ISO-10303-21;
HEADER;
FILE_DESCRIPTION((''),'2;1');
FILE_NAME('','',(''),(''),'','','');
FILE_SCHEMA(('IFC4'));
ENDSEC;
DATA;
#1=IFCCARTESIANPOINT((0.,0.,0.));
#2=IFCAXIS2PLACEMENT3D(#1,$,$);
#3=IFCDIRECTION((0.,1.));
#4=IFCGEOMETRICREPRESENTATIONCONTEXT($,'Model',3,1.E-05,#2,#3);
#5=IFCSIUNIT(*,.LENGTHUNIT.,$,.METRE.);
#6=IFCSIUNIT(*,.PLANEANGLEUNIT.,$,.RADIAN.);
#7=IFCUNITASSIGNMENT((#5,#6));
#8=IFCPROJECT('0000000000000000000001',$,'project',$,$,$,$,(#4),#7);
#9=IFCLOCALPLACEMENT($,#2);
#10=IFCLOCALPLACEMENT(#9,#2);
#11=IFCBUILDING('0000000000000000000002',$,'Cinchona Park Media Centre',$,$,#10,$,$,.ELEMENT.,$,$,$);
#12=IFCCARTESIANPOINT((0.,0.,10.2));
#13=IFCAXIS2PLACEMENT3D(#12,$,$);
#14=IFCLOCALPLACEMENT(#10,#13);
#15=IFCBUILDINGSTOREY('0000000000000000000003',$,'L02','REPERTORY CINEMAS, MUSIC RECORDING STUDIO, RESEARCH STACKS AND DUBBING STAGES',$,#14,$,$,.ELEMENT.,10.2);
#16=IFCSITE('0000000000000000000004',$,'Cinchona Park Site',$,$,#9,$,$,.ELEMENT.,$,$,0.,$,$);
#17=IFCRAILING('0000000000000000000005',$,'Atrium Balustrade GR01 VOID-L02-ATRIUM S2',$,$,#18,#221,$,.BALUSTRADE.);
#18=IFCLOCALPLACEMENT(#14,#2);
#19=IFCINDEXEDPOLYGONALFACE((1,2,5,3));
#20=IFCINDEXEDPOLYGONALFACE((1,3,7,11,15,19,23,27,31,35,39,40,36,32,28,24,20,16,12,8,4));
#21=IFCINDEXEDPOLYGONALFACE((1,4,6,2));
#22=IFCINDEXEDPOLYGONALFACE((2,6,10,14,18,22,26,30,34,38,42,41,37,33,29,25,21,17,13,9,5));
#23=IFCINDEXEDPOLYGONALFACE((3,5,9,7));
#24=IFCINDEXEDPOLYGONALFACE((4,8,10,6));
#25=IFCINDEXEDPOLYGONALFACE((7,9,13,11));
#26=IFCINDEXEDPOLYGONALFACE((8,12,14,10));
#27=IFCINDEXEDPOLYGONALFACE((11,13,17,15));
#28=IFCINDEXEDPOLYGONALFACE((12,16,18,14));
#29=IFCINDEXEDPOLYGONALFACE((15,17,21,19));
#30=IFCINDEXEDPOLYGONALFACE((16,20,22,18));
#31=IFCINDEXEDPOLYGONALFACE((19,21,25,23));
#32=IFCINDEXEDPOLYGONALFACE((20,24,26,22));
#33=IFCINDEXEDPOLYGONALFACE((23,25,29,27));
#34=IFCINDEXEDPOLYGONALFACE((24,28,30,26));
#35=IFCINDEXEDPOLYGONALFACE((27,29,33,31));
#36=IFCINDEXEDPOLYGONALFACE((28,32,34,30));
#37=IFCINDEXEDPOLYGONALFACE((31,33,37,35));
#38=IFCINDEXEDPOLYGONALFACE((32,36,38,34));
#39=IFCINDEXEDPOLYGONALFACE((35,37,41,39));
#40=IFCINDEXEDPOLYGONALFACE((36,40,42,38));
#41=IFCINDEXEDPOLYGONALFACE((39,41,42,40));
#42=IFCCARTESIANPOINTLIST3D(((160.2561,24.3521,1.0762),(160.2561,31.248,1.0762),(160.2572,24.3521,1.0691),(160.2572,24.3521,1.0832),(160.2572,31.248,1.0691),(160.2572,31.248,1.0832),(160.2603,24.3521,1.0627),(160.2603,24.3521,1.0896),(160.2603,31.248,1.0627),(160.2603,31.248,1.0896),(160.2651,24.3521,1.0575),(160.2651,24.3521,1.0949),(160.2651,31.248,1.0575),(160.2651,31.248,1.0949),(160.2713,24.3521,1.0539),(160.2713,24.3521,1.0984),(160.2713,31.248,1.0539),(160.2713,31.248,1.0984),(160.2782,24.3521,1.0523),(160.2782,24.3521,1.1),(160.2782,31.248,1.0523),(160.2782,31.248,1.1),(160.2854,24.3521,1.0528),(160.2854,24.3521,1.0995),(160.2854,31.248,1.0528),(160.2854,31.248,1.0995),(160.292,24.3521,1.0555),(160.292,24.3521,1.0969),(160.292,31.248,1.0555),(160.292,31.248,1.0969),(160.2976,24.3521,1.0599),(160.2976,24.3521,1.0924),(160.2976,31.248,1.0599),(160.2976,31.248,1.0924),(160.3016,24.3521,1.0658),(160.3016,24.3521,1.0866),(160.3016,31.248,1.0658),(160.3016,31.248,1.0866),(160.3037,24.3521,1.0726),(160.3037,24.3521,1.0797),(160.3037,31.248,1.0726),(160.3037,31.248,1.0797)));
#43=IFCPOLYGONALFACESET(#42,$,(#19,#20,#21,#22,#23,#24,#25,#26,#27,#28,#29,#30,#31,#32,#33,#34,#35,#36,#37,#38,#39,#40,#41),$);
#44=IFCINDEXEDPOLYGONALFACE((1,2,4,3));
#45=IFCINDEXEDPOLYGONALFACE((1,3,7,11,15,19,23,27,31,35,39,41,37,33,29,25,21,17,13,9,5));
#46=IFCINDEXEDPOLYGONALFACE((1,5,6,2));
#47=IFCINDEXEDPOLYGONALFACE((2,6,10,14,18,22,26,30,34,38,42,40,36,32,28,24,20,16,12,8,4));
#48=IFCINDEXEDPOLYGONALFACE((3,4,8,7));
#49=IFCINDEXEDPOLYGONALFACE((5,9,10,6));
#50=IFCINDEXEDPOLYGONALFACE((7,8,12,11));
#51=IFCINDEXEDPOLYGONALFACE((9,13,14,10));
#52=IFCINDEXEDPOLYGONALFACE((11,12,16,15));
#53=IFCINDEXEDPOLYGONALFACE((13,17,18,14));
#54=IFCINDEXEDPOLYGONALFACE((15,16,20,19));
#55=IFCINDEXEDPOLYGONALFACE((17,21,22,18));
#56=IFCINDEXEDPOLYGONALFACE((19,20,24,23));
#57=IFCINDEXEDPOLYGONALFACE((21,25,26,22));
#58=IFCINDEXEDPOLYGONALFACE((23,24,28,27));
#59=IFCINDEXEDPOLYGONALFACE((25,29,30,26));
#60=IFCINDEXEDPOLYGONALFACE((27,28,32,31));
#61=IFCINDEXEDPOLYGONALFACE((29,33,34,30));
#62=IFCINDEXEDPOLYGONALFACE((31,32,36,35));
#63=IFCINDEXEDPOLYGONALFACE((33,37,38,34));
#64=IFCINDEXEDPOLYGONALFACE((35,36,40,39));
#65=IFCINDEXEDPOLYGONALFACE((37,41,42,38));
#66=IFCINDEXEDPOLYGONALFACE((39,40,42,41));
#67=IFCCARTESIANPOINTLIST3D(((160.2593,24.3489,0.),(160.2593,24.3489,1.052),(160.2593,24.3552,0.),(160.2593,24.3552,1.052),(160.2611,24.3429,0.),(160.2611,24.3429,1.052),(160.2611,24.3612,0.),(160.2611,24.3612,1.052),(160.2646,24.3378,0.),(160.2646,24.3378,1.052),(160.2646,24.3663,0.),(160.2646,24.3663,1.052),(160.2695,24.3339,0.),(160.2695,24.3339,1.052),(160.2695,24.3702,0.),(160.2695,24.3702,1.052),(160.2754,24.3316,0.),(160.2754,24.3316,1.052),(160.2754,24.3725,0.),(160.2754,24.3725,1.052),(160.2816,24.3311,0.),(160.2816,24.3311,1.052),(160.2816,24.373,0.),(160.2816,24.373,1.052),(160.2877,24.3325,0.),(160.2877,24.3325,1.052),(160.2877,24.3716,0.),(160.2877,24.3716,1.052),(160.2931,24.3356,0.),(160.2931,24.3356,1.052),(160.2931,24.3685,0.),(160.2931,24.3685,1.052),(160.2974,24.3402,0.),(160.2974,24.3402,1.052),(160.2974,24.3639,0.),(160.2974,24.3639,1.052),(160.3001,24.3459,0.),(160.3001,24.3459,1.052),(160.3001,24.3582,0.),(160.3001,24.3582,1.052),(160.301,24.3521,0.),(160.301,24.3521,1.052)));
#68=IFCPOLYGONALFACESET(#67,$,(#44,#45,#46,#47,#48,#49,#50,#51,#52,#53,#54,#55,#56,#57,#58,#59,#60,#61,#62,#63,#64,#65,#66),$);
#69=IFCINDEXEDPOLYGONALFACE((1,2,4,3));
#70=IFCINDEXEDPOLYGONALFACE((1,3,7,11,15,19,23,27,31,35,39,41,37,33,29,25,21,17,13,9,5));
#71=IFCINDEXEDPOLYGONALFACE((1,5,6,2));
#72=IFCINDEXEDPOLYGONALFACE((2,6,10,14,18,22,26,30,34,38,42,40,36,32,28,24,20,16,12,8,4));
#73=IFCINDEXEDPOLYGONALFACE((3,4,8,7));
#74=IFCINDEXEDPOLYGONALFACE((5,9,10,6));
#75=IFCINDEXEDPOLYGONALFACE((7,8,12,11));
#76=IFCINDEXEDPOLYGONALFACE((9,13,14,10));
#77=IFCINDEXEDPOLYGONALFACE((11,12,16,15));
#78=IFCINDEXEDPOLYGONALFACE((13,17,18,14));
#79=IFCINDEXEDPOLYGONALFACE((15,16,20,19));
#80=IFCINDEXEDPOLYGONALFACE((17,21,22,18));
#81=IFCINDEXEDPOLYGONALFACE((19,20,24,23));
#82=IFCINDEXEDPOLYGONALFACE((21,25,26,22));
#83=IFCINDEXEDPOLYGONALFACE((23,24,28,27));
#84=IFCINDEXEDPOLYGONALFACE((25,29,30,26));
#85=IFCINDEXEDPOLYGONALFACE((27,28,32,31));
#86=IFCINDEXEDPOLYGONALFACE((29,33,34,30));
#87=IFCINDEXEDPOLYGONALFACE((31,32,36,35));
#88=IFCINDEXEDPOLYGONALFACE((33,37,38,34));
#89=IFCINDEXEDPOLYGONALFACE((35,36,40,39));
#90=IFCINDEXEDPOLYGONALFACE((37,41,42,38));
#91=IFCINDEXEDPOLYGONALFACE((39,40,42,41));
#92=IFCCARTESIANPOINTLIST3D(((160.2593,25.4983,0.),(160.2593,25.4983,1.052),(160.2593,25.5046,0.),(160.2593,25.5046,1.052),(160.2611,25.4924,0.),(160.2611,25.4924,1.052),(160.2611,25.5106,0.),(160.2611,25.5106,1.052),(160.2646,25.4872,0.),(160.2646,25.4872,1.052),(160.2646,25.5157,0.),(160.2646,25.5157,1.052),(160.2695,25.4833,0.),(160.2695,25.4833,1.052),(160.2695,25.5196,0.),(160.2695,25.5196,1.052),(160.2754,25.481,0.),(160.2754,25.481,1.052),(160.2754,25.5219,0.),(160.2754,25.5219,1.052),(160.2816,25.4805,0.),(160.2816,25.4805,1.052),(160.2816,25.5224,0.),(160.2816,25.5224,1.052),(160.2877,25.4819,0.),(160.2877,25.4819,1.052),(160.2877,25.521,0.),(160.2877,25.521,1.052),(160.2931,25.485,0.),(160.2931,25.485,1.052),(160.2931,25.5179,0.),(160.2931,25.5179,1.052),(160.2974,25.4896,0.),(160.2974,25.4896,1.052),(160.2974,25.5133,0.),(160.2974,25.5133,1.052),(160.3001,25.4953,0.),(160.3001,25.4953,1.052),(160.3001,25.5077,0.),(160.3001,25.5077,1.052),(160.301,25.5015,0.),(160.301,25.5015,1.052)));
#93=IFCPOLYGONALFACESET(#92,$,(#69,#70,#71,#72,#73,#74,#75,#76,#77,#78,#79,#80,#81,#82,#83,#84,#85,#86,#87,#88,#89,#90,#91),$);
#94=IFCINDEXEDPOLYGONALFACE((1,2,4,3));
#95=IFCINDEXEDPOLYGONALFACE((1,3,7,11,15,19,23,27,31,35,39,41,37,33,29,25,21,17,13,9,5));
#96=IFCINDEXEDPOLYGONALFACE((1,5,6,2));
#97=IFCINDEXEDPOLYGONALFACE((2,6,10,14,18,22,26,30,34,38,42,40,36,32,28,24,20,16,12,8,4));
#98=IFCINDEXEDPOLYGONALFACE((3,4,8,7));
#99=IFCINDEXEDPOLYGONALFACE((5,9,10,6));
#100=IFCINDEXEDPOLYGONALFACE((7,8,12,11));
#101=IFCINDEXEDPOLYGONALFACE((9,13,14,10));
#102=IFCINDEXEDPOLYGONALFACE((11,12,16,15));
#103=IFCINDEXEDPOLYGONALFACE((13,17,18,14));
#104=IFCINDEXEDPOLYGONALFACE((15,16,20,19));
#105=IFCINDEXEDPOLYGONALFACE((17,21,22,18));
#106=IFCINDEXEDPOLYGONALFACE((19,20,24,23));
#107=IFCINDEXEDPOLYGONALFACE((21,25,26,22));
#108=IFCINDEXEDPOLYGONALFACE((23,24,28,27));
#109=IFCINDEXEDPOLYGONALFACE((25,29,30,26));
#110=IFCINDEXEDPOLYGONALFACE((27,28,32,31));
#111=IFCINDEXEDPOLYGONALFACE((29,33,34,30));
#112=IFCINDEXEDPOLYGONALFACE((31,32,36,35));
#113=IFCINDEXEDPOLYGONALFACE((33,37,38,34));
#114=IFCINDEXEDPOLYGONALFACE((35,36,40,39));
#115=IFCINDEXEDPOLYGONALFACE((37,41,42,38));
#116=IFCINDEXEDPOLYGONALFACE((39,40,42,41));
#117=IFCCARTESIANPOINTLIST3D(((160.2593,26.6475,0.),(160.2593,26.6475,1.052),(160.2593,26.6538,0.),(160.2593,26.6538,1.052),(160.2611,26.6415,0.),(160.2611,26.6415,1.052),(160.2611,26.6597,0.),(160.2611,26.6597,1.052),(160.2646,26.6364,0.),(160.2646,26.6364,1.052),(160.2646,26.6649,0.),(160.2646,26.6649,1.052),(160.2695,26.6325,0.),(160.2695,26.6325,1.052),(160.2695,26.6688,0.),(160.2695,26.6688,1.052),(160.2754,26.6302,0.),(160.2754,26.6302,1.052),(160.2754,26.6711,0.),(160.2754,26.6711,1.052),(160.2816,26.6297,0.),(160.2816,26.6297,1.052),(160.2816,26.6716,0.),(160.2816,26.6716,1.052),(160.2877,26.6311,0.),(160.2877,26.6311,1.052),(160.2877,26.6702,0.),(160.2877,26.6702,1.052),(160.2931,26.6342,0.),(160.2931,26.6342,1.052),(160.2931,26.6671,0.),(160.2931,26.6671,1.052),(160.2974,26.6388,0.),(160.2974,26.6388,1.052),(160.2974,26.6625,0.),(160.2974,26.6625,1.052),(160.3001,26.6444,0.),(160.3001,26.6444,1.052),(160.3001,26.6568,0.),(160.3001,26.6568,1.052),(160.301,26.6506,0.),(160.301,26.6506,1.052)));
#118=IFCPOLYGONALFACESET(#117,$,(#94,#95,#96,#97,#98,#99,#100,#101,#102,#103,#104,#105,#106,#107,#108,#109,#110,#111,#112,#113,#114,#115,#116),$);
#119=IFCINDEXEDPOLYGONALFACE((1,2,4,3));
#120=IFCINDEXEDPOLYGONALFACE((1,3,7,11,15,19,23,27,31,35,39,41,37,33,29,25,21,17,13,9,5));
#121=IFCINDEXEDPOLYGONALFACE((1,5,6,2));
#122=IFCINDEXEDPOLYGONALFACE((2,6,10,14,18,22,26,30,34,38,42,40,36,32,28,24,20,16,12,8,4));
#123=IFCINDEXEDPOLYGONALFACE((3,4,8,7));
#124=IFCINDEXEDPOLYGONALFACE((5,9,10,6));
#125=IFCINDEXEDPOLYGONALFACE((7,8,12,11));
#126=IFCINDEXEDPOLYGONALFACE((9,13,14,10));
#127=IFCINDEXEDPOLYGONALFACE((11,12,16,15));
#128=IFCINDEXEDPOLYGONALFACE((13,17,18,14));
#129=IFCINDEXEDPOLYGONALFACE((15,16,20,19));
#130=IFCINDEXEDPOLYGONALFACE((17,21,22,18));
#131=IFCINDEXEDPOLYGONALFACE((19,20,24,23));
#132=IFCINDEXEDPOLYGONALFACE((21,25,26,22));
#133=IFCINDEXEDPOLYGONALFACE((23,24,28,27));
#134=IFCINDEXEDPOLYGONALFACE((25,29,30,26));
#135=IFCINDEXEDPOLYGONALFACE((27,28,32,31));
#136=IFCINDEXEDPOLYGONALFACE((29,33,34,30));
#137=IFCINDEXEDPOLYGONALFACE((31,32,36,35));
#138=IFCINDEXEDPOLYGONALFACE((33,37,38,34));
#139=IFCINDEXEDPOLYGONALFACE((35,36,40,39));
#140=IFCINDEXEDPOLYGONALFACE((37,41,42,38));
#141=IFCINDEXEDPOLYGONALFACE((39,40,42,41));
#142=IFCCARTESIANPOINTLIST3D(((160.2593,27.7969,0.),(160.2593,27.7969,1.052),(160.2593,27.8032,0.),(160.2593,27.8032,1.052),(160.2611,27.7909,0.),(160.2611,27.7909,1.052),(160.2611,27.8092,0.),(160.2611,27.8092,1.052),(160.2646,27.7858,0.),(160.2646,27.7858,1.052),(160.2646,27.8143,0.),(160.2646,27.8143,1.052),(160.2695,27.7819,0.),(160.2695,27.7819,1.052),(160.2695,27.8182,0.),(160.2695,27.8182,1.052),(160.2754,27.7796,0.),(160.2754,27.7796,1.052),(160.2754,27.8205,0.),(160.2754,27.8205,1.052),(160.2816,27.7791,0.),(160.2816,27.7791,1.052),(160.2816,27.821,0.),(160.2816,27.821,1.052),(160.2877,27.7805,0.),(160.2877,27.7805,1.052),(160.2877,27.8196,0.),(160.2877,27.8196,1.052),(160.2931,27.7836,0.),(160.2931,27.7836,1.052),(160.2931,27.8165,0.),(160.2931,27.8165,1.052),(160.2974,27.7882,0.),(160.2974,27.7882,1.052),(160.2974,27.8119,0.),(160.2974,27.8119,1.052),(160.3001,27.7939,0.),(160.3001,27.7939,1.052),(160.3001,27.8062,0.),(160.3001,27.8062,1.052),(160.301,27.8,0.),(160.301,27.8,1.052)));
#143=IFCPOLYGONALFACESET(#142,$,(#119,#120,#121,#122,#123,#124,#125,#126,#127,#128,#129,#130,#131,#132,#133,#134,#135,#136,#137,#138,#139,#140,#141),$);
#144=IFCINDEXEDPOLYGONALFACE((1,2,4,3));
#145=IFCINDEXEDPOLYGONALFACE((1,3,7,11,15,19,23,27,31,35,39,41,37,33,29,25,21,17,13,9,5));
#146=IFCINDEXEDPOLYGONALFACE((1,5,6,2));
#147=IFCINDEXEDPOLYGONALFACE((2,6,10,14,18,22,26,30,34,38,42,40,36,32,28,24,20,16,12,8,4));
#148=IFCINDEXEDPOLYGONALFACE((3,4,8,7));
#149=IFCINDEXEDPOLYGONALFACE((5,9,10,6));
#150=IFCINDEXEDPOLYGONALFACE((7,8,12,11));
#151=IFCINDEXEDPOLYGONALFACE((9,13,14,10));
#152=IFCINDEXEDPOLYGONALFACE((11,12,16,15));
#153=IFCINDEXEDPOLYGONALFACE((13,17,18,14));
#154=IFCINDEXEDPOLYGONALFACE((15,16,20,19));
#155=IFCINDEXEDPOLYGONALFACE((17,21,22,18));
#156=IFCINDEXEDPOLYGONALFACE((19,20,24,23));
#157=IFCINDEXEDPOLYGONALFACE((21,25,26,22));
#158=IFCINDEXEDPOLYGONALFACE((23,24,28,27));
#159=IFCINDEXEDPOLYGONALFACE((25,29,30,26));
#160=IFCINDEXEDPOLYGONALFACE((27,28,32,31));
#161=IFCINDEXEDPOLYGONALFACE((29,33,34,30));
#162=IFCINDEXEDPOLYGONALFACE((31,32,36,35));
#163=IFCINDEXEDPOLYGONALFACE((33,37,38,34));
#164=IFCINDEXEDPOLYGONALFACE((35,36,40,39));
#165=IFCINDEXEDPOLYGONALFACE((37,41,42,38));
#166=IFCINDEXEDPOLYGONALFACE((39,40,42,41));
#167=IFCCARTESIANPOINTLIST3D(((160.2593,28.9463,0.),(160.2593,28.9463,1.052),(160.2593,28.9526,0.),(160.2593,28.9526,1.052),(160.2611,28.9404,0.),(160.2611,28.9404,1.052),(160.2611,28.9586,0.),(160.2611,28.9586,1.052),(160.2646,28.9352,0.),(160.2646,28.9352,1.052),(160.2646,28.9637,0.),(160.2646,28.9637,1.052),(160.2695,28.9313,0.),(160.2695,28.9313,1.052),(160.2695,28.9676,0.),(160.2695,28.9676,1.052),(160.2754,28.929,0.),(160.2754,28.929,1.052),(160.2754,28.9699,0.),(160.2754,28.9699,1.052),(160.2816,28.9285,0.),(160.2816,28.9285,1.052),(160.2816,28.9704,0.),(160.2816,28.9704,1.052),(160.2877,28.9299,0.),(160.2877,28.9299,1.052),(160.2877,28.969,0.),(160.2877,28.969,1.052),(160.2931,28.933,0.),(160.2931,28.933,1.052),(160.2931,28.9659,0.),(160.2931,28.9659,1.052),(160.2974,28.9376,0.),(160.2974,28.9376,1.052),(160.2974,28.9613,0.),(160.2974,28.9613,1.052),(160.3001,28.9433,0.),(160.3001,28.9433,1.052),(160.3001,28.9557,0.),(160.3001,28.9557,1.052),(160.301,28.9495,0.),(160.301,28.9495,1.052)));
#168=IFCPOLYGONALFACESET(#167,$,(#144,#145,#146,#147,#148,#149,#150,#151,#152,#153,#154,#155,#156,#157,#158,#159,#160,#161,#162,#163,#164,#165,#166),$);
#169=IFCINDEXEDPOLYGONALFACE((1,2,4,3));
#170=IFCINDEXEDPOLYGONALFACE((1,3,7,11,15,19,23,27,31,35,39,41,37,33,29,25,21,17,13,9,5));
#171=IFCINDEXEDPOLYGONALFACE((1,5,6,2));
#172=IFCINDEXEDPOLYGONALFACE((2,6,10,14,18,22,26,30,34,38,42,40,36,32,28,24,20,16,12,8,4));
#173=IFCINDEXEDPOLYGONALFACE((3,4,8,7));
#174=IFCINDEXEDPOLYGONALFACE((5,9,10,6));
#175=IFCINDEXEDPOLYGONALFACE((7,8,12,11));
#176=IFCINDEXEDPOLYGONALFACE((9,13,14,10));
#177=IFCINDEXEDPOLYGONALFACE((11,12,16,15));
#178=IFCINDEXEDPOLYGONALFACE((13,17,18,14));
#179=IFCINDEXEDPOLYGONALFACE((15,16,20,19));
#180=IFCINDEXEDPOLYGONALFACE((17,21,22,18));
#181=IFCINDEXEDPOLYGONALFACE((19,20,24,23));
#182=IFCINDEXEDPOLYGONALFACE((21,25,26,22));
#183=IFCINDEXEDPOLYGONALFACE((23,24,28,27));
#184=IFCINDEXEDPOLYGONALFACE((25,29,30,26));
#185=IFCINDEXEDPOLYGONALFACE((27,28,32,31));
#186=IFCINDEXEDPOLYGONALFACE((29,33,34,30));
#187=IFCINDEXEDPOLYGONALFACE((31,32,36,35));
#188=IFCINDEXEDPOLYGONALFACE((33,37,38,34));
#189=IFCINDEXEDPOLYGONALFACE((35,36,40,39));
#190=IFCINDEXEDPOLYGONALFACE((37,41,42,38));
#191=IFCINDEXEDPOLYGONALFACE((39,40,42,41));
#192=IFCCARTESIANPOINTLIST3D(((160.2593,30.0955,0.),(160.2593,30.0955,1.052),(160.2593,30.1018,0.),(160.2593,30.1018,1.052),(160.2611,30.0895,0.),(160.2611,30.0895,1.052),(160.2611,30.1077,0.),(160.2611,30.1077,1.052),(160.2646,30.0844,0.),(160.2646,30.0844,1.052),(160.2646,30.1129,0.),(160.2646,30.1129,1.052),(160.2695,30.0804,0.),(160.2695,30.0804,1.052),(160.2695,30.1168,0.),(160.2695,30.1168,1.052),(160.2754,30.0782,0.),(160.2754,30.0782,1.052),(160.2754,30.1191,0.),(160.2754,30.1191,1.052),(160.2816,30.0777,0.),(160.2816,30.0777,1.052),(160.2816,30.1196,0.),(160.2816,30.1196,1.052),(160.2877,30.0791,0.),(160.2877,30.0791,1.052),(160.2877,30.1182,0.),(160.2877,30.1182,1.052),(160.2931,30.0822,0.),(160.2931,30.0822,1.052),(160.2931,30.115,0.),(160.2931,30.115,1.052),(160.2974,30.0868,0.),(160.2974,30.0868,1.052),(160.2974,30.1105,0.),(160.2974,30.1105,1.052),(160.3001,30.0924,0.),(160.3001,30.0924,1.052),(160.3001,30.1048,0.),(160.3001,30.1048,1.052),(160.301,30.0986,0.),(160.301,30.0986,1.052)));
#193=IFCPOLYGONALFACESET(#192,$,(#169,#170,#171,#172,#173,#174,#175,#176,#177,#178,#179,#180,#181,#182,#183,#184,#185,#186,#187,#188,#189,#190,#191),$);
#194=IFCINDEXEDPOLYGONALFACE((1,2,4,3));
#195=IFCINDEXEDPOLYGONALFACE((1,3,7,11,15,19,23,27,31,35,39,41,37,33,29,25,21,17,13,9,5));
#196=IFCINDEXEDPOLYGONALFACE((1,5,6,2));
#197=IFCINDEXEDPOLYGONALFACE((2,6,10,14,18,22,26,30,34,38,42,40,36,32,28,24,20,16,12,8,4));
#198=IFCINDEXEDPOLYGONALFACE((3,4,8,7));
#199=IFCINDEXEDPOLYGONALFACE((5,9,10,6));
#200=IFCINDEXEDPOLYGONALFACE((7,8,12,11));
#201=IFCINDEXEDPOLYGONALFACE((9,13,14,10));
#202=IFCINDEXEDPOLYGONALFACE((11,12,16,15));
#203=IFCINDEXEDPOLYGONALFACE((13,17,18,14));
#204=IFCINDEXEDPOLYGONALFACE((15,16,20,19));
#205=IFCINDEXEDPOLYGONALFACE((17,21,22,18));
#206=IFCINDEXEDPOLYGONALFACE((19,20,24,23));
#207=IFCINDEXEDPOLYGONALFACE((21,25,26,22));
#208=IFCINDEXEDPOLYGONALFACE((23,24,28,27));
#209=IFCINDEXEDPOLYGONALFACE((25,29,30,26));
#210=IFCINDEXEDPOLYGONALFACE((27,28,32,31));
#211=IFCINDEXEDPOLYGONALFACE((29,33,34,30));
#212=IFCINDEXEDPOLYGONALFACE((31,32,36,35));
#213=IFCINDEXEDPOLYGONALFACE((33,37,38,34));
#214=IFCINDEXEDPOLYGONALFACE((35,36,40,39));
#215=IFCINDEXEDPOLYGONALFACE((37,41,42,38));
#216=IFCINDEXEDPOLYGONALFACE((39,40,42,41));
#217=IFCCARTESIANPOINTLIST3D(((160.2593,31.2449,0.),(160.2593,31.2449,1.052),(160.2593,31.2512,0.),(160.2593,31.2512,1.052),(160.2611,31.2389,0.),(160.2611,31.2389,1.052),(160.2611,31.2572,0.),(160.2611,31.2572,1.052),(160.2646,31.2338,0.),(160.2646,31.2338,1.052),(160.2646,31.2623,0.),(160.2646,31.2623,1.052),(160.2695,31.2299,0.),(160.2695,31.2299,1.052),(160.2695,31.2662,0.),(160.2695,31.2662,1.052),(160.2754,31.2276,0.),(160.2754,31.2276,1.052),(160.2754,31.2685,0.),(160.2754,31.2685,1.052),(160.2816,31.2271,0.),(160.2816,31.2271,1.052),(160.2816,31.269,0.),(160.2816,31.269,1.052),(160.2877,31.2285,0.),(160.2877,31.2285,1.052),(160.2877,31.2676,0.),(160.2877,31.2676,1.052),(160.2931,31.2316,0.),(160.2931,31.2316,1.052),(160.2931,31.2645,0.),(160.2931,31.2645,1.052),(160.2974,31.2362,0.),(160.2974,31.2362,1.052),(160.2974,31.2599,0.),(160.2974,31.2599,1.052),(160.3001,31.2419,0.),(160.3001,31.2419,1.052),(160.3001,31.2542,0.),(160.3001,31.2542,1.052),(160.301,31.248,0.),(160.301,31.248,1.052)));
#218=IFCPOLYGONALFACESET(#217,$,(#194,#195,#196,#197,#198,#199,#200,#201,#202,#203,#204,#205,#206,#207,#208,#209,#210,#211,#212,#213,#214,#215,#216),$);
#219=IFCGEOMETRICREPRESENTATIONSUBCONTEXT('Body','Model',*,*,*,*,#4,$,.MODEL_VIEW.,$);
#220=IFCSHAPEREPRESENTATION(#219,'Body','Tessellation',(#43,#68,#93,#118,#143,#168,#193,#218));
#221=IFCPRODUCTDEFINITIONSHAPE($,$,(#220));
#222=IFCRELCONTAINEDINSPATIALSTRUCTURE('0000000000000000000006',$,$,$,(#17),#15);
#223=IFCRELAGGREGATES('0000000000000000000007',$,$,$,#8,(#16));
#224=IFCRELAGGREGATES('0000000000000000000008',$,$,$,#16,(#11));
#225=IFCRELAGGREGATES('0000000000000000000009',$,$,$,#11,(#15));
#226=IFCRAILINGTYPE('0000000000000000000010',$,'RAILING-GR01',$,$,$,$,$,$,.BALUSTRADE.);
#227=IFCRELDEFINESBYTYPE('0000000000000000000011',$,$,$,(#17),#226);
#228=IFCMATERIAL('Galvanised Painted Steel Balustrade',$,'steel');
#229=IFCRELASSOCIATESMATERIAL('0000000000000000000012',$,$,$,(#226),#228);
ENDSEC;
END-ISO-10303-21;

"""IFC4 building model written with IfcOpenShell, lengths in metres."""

from ifc_helpers import new_model, si_unit, direction, frame, origin, origin_2d, place, context, subcontext, project, spatial, circle, extrude, material, type_object, element, save


model = new_model("IFC4")

# Units and contexts
model_context = context("Model", 3, precision=1e-05, world=origin(), true_north=direction((0.0, 1.0)))
body_context = subcontext(model_context, "Body", "Model", "MODEL_VIEW")
ifc_project = project(units=[si_unit("LENGTHUNIT", "METRE"), si_unit("PLANEANGLEUNIT", "RADIAN")], contexts=[model_context])

# Site, building, storey
site_placement = place(None, origin())
site = spatial("IfcSite", under=ifc_project, at=site_placement, Name="Cinchona Park Site", CompositionType="ELEMENT", RefElevation=0.0)
building_placement = place(site_placement, origin())
building = spatial("IfcBuilding", under=site, at=building_placement, Name="Cinchona Park Media Centre", CompositionType="ELEMENT")
storey_placement = place(building_placement, frame((0.0, 0.0, 10.2)))
storey = spatial("IfcBuildingStorey", under=building, at=storey_placement, Name="L02", Description="REPERTORY CINEMAS, MUSIC RECORDING STUDIO, RESEARCH STACKS AND DUBBING STAGES", CompositionType="ELEMENT", Elevation=10.2)

# Railing
ifc_material_1 = material(Name="Galvanised Painted Steel Balustrade", Category="steel")
railing_type = type_object("IfcRailingType", Name="RAILING-GR01", PredefinedType="BALUSTRADE", material=ifc_material_1)
railing_1_placement = place(storey_placement, frame((160.28, 24.3521, 0.0)))
element("IfcRailing", 1, at=railing_1_placement, inside=storey, type_object=railing_type, Name="Atrium Balustrade GR01 VOID-L02-ATRIUM S2", PredefinedType="BALUSTRADE", context=body_context, shape_type="SweptSolid", body=[
    extrude(circle(Radius=0.0239, at=origin_2d()), frame((0.0, 0.0, 1.0762), z_axis=(0.0, 1.0, 0.0), x_axis=(-1.0, 0.0, 0.0)), (0.0, 0.0, 1.0), 6.896),
    extrude(circle(Radius=0.021, at=origin_2d()), origin(), (0.0, 0.0, 1.0), 1.052),
    extrude(circle(Radius=0.021, at=origin_2d()), frame((0.0, 1.1494, 0.0)), (0.0, 0.0, 1.0), 1.052),
    extrude(circle(Radius=0.021, at=origin_2d()), frame((0.0, 2.2986, 0.0)), (0.0, 0.0, 1.0), 1.052),
    extrude(circle(Radius=0.021, at=origin_2d()), frame((0.0, 3.448, 0.0)), (0.0, 0.0, 1.0), 1.052),
    extrude(circle(Radius=0.021, at=origin_2d()), frame((0.0, 4.5974, 0.0)), (0.0, 0.0, 1.0), 1.052),
    extrude(circle(Radius=0.021, at=origin_2d()), frame((0.0, 5.7466, 0.0)), (0.0, 0.0, 1.0), 1.052),
    extrude(circle(Radius=0.021, at=origin_2d()), frame((0.0, 6.896, 0.0)), (0.0, 0.0, 1.0), 1.052),
])

save(model, "model.ifc")
